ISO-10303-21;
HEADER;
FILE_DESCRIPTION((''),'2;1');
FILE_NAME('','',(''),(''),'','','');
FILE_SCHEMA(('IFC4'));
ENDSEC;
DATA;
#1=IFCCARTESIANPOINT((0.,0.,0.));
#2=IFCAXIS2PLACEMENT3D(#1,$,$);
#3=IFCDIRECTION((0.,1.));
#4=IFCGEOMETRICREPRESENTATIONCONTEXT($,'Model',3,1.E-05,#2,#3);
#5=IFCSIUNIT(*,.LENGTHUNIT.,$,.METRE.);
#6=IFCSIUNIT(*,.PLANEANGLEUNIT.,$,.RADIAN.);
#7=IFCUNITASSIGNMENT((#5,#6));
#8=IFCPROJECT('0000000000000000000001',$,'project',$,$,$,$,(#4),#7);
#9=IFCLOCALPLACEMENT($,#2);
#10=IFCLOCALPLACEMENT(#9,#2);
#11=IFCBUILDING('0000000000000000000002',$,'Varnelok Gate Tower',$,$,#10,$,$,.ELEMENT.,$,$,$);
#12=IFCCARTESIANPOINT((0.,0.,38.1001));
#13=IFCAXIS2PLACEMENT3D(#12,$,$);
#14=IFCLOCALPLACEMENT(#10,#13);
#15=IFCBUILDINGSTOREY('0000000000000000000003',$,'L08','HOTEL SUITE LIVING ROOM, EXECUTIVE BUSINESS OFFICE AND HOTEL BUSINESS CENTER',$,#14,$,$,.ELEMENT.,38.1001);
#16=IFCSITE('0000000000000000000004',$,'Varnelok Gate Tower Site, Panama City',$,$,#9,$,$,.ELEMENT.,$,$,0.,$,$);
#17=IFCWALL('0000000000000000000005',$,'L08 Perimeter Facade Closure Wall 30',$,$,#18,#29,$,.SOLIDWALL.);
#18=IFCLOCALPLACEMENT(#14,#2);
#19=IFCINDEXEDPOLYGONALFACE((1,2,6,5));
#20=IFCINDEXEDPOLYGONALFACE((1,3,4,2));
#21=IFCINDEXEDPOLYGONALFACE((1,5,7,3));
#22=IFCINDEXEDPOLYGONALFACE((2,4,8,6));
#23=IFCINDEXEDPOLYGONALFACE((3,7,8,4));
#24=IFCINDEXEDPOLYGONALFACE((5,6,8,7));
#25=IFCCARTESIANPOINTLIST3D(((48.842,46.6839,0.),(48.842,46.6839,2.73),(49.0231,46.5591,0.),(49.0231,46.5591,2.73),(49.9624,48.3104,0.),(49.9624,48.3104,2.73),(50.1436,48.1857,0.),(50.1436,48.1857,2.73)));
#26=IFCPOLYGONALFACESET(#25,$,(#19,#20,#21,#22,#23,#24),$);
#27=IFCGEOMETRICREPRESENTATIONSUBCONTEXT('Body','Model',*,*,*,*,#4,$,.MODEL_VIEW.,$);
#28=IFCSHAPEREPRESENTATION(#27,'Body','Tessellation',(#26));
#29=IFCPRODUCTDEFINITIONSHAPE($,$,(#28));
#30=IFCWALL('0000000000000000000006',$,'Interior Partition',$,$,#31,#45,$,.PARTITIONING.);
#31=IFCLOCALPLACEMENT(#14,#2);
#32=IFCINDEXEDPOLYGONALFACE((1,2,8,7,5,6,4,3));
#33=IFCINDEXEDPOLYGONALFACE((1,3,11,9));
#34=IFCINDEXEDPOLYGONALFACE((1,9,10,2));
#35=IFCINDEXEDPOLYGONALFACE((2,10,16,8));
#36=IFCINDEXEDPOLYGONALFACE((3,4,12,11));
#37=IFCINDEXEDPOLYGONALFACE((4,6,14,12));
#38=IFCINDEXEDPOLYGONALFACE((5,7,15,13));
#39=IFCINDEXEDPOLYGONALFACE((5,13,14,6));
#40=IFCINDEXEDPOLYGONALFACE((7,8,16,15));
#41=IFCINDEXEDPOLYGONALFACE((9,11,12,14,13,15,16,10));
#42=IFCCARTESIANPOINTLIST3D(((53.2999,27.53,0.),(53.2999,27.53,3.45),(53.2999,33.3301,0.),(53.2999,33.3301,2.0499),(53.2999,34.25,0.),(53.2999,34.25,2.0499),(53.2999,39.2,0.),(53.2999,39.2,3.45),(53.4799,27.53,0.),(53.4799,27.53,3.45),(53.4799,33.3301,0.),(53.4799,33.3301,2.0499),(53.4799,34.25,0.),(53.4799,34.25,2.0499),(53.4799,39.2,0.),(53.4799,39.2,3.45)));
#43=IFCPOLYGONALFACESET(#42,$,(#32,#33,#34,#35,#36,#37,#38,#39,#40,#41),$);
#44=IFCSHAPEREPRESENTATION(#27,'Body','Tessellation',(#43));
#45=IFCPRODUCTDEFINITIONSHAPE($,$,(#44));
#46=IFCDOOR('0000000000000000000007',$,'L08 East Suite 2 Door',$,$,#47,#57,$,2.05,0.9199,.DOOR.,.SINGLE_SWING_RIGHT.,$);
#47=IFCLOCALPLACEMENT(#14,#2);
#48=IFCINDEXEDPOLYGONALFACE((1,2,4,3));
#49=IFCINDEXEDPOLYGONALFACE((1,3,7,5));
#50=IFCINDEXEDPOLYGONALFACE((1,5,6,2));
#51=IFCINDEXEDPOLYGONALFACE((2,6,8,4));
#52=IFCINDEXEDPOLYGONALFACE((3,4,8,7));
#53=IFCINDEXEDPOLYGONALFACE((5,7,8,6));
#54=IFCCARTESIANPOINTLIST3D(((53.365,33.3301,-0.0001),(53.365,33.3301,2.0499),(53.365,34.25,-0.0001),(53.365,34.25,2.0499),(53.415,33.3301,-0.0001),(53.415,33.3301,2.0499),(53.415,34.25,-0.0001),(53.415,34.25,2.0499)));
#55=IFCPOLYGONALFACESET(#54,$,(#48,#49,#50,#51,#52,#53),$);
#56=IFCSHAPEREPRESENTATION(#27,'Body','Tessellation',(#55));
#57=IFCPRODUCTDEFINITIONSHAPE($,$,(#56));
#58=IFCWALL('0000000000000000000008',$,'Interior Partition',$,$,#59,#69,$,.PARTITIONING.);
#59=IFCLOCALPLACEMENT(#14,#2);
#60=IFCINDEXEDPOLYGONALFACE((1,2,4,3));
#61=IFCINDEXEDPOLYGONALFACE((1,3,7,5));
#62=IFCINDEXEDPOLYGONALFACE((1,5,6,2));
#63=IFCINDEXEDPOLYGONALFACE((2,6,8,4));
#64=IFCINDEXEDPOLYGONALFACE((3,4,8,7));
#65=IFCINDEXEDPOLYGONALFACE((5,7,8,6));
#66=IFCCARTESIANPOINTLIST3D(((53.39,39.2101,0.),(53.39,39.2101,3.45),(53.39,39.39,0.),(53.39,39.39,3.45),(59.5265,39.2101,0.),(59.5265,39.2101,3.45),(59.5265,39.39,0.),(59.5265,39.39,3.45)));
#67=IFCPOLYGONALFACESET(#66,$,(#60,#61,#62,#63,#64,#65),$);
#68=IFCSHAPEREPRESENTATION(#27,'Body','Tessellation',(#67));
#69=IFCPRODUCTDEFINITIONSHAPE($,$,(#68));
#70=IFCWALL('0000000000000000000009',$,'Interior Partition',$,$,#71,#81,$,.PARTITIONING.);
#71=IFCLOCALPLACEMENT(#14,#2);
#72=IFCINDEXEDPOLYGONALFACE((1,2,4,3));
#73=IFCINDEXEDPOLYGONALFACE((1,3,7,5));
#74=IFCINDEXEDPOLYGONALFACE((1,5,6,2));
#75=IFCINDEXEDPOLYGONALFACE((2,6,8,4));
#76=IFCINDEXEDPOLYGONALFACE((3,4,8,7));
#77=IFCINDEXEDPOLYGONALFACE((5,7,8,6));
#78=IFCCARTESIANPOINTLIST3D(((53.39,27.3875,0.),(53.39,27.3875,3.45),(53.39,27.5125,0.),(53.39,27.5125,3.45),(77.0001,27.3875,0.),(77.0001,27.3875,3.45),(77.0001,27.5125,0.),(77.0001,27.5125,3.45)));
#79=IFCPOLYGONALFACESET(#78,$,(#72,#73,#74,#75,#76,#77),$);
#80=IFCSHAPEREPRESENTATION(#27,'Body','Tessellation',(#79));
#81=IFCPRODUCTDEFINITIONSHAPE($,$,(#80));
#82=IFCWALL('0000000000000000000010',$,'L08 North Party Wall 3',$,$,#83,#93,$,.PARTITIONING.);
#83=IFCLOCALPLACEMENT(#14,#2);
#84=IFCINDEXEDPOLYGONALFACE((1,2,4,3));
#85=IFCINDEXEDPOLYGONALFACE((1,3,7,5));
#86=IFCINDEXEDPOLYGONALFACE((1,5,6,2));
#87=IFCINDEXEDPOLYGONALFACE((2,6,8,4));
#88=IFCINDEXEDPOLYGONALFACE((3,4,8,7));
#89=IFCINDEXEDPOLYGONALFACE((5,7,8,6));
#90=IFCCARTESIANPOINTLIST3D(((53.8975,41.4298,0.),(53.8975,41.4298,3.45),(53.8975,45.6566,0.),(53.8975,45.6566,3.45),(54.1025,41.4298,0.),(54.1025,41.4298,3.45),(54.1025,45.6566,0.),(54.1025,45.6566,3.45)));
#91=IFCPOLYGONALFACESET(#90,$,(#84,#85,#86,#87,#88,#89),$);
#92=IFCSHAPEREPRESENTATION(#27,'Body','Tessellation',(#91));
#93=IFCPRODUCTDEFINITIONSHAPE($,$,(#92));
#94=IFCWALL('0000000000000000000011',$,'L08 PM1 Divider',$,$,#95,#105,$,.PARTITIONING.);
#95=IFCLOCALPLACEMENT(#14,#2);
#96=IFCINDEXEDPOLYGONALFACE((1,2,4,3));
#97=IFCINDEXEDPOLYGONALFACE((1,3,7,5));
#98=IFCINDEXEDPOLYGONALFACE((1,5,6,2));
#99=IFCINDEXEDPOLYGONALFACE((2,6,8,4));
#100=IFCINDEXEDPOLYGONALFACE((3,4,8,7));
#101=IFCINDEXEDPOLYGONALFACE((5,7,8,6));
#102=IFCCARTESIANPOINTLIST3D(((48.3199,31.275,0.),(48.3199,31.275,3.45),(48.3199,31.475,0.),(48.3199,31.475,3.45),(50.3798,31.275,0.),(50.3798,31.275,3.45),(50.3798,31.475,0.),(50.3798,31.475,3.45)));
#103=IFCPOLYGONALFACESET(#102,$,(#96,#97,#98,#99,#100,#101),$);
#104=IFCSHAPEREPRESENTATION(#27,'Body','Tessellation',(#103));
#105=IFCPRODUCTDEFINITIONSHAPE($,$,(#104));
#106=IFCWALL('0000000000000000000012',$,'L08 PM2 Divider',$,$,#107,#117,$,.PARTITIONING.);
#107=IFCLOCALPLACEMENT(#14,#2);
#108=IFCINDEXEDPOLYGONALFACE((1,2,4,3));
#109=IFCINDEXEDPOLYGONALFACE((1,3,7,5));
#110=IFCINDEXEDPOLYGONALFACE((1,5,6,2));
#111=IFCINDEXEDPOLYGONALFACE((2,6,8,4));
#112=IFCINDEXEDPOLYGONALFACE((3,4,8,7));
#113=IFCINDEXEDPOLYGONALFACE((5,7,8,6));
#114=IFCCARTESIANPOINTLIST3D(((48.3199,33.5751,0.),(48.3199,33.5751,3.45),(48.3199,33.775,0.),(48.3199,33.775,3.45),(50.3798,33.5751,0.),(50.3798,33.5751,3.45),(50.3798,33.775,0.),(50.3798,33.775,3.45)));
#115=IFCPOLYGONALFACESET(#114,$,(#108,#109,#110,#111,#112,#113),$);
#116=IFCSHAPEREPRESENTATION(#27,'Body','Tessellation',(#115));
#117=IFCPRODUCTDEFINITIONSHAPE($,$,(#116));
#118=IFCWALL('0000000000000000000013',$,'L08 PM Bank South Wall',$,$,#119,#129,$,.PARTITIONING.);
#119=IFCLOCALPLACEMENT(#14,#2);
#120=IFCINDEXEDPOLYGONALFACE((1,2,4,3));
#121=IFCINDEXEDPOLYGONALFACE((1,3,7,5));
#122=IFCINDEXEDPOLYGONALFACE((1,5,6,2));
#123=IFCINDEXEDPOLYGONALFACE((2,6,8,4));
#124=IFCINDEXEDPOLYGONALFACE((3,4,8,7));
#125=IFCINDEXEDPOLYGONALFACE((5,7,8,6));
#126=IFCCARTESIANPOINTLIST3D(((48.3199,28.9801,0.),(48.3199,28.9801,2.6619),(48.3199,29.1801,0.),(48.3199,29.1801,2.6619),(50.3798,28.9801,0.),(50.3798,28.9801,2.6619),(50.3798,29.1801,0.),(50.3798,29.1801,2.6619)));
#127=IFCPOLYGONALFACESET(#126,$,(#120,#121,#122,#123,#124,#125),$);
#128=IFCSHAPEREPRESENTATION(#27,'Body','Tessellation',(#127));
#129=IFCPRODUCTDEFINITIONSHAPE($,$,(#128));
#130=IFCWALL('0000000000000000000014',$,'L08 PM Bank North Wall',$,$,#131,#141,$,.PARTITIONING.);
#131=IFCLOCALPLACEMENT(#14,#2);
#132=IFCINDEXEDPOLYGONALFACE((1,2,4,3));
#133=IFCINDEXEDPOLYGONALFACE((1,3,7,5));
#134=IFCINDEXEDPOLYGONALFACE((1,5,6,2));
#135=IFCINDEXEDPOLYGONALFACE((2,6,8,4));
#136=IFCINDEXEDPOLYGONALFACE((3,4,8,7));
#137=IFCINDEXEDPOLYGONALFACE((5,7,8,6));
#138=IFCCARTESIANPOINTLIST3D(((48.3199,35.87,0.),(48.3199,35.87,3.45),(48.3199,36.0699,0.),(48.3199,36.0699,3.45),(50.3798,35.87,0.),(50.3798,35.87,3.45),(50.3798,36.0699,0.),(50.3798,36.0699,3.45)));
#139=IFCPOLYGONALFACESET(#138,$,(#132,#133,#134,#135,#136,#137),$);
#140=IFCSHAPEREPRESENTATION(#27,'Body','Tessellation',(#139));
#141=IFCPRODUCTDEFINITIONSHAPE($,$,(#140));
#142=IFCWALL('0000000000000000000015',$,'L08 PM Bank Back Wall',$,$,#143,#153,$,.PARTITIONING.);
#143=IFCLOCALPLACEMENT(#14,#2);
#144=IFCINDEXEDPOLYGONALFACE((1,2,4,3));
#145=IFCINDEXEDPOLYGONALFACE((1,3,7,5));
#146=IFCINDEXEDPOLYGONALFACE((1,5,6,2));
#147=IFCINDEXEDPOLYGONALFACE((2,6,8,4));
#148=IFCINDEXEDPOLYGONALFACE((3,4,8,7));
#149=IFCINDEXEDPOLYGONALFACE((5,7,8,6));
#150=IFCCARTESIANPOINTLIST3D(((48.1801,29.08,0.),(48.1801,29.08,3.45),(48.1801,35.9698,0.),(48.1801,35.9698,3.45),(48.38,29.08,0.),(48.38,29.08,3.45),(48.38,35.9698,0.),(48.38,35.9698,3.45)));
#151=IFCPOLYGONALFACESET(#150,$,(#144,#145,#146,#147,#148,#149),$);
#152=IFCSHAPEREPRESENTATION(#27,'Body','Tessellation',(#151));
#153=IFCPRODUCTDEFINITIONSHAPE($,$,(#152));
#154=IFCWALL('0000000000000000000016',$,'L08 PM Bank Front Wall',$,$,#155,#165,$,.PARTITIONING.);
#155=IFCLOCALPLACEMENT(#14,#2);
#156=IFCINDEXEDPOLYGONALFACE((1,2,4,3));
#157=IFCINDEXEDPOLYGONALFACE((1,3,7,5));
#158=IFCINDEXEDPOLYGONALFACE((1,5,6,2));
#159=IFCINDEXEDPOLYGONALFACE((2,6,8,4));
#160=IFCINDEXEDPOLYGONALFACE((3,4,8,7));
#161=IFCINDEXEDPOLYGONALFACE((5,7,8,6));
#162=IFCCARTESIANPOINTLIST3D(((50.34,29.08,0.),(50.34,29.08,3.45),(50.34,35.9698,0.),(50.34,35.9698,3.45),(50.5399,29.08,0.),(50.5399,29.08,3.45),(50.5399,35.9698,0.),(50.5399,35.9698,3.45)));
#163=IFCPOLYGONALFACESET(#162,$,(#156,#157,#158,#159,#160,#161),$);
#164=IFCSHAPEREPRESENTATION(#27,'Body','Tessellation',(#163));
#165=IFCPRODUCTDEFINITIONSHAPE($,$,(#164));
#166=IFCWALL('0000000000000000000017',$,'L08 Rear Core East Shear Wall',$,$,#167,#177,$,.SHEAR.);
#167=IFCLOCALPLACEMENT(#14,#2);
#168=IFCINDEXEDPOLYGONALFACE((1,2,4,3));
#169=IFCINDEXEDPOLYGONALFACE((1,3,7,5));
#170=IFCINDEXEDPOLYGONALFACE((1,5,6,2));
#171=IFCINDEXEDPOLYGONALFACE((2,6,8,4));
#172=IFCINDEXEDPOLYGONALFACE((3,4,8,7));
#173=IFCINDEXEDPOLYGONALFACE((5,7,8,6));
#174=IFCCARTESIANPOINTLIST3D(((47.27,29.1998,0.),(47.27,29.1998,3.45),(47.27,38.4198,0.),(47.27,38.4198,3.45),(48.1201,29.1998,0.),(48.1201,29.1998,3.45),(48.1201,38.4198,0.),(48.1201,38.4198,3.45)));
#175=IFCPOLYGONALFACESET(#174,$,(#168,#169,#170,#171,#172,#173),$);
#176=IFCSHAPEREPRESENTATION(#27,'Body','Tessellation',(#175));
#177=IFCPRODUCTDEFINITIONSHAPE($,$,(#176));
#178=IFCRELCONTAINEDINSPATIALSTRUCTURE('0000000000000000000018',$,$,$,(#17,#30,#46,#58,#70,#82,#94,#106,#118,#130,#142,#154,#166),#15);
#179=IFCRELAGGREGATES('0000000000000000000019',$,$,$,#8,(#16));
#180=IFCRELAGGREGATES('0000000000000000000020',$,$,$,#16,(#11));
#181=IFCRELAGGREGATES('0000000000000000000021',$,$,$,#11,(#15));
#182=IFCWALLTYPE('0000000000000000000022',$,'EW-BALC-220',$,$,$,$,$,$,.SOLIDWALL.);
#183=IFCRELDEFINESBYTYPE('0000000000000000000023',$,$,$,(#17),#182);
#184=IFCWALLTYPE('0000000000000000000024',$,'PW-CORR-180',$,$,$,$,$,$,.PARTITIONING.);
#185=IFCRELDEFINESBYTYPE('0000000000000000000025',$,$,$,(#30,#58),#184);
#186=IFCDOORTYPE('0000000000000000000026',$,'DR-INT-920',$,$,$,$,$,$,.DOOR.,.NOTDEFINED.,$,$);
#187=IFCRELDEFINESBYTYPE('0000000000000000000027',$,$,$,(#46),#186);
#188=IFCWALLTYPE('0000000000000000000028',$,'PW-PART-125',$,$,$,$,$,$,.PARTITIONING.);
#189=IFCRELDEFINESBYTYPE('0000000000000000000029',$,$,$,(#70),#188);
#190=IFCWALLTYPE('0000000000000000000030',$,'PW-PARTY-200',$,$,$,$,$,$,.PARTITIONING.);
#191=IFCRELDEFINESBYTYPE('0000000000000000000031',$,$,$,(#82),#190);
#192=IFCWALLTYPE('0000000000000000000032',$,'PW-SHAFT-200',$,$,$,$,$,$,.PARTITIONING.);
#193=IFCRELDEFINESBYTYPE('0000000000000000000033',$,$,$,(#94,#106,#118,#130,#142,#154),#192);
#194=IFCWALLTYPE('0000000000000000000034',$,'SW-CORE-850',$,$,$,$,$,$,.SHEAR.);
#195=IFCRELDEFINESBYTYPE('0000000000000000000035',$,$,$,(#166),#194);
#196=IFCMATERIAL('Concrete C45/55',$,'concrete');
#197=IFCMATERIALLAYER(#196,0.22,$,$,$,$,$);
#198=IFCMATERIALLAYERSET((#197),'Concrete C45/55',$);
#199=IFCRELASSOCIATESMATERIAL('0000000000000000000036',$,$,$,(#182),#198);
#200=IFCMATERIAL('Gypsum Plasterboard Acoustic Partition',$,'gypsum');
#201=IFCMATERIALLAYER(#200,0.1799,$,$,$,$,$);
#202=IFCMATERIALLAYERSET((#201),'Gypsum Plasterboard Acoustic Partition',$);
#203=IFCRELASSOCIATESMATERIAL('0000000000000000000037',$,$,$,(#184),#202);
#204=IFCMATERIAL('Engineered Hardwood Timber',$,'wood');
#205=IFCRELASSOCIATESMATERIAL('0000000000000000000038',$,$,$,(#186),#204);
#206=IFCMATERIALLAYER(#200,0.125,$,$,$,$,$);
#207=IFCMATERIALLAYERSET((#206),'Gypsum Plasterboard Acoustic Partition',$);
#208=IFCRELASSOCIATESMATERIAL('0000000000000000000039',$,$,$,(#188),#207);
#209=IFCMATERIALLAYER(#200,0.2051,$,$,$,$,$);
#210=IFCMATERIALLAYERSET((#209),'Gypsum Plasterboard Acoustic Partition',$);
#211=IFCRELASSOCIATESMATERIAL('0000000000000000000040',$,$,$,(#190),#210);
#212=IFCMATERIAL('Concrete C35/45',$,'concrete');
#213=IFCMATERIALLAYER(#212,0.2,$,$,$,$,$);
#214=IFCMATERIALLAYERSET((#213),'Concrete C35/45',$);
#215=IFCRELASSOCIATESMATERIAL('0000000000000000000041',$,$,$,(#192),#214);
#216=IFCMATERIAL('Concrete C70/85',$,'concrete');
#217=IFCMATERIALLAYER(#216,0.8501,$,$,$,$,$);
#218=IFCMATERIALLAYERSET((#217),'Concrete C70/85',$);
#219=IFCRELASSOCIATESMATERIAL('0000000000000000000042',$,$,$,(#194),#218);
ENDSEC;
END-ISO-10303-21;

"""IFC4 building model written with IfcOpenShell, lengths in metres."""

from ifc_helpers import new_model, si_unit, direction, frame, frame_2d, origin, place, context, subcontext, project, spatial, rectangle, extrude, material, layer, layer_set, type_object, element, fill, save


model = new_model("IFC4")

# Units and contexts
model_context = context("Model", 3, precision=1e-05, world=origin(), true_north=direction((0.0, 1.0)))
body_context = subcontext(model_context, "Body", "Model", "MODEL_VIEW")
ifc_project = project(units=[si_unit("LENGTHUNIT", "METRE"), si_unit("PLANEANGLEUNIT", "RADIAN")], contexts=[model_context])

# Site, building, storey
site_placement = place(None, origin())
site = spatial("IfcSite", under=ifc_project, at=site_placement, Name="Varnelok Gate Tower Site, Panama City", CompositionType="ELEMENT", RefElevation=0.0)
building_placement = place(site_placement, origin())
building = spatial("IfcBuilding", under=site, at=building_placement, Name="Varnelok Gate Tower", CompositionType="ELEMENT")
storey_placement = place(building_placement, frame((0.0, 0.0, 38.1001)))
storey = spatial("IfcBuildingStorey", under=building, at=storey_placement, Name="L08", Description="HOTEL SUITE LIVING ROOM, EXECUTIVE BUSINESS OFFICE AND HOTEL BUSINESS CENTER", CompositionType="ELEMENT", Elevation=38.1001)

# Shared definitions
ifc_material_1 = material(Name="Concrete C70/85", Category="concrete")

# Wall
ifc_material_2 = material(Name="Concrete C45/55", Category="concrete")
ifc_layer_1 = layer(ifc_material_2, 0.22)
ifc_layer_set_1 = layer_set([ifc_layer_1], Name="Concrete C45/55")
wall_type_1 = type_object("IfcWallType", Name="EW-BALC-220", PredefinedType="SOLIDWALL", material=ifc_layer_set_1)
wall_1_placement = place(storey_placement, frame((50.053, 48.248, 0.0), z_axis=(0.0, 0.0, 1.0), x_axis=(-0.567274, -0.823529, 0.0)))
element("IfcWall", 1, at=wall_1_placement, inside=storey, type_object=wall_type_1, Name="L08 Perimeter Facade Closure Wall 30", PredefinedType="SOLIDWALL", context=body_context, shape_type="SweptSolid", body=[
    extrude(rectangle(XDim=1.9751, YDim=0.22, at=frame_2d((0.9875, 0.0))), origin(), (0.0, 0.0, 1.0), 2.73),
])

# Wall, opening, door
ifc_material_3 = material(Name="Gypsum Plasterboard Acoustic Partition", Category="gypsum")
ifc_layer_2 = layer(ifc_material_3, 0.1799)
ifc_layer_set_2 = layer_set([ifc_layer_2], Name="Gypsum Plasterboard Acoustic Partition")
wall_type_2 = type_object("IfcWallType", Name="PW-CORR-180", PredefinedType="PARTITIONING", material=ifc_layer_set_2)
wall_2_placement = place(storey_placement, frame((53.3899, 27.53, 0.0), z_axis=(0.0, 0.0, 1.0), x_axis=(0.0, 1.0, 0.0)))
wall_2 = element("IfcWall", 2, at=wall_2_placement, inside=storey, type_object=wall_type_2, Name="Interior Partition", PredefinedType="PARTITIONING", context=body_context, shape_type="SweptSolid", body=[
    extrude(rectangle(XDim=11.6699, YDim=0.1799, at=frame_2d((5.835, 0.0))), origin(), (0.0, 0.0, 1.0), 3.45),
])
opening_placement = place(wall_2_placement, frame((5.8, 0.0, 0.0)))
opening = element("IfcOpeningElement", 3, at=opening_placement, cuts=wall_2, PredefinedType="OPENING", context=body_context, shape_type="SweptSolid", body=[
    extrude(rectangle(XDim=0.9199, YDim=2.05, at=frame_2d((0.46, 1.0249))), frame((0.0, 0.0999, 0.0), z_axis=(0.0, -1.0, 0.0), x_axis=(1.0, 0.0, 0.0)), (0.0, 0.0, 1.0), 0.2),
])
ifc_material_4 = material(Name="Engineered Hardwood Timber", Category="wood")
door_type = type_object("IfcDoorType", Name="DR-INT-920", OperationType="NOTDEFINED", PredefinedType="DOOR", material=ifc_material_4)
door_placement = place(opening_placement, origin())
door = element("IfcDoor", 4, at=door_placement, inside=storey, type_object=door_type, Name="L08 East Suite 2 Door", OperationType="SINGLE_SWING_RIGHT", OverallHeight=2.05, OverallWidth=0.9199, PredefinedType="DOOR", context=body_context, shape_type="SweptSolid", body=[
    extrude(rectangle(XDim=0.9199, YDim=2.05, at=frame_2d((0.46, 1.0249))), frame((0.0, 0.0249, 0.0), z_axis=(0.0, -1.0, 0.0), x_axis=(1.0, 0.0, 0.0)), (0.0, 0.0, 1.0), 0.05),
])
fill(opening, door)

# Walls
wall_3_placement = place(storey_placement, frame((53.3899, 39.3, 0.0), z_axis=(0.0, 0.0, 1.0), x_axis=(1.0, 0.0, 0.0)))
element("IfcWall", 5, at=wall_3_placement, inside=storey, type_object=wall_type_2, Name="Interior Partition", PredefinedType="PARTITIONING", context=body_context, shape_type="SweptSolid", body=[
    extrude(rectangle(XDim=6.1365, YDim=0.1799, at=frame_2d((3.0684, 0.0))), origin(), (0.0, 0.0, 1.0), 3.45),
])
ifc_layer_3 = layer(ifc_material_3, 0.125)
ifc_layer_set_3 = layer_set([ifc_layer_3], Name="Gypsum Plasterboard Acoustic Partition")
wall_type_3 = type_object("IfcWallType", Name="PW-PART-125", PredefinedType="PARTITIONING", material=ifc_layer_set_3)
wall_4_placement = place(storey_placement, frame((53.3899, 27.45, 0.0), z_axis=(0.0, 0.0, 1.0), x_axis=(1.0, 0.0, 0.0)))
element("IfcWall", 6, at=wall_4_placement, inside=storey, type_object=wall_type_3, Name="Interior Partition", PredefinedType="PARTITIONING", context=body_context, shape_type="SweptSolid", body=[
    extrude(rectangle(XDim=23.6101, YDim=0.125, at=frame_2d((11.8052, 0.0))), origin(), (0.0, 0.0, 1.0), 3.45),
])
ifc_layer_4 = layer(ifc_material_3, 0.2051)
ifc_layer_set_4 = layer_set([ifc_layer_4], Name="Gypsum Plasterboard Acoustic Partition")
wall_type_4 = type_object("IfcWallType", Name="PW-PARTY-200", PredefinedType="PARTITIONING", material=ifc_layer_set_4)
wall_5_placement = place(storey_placement, frame((54.0, 41.4299, 0.0), z_axis=(0.0, 0.0, 1.0), x_axis=(0.0, 1.0, 0.0)))
element("IfcWall", 7, at=wall_5_placement, inside=storey, type_object=wall_type_4, Name="L08 North Party Wall 3", PredefinedType="PARTITIONING", context=body_context, shape_type="SweptSolid", body=[
    extrude(rectangle(XDim=4.2268, YDim=0.2051, at=frame_2d((2.1133, 0.0))), origin(), (0.0, 0.0, 1.0), 3.45),
])
ifc_material_5 = material(Name="Concrete C35/45", Category="concrete")
ifc_layer_5 = layer(ifc_material_5, 0.2)
ifc_layer_set_5 = layer_set([ifc_layer_5], Name="Concrete C35/45")
wall_type_5 = type_object("IfcWallType", Name="PW-SHAFT-200", PredefinedType="PARTITIONING", material=ifc_layer_set_5)
for number, where, z_axis, x_axis, name in (
    (8, (48.3201, 31.375, 0.0), (0.0, 0.0, 1.0), (1.0, 0.0, 0.0), "L08 PM1 Divider"),
    (9, (48.3201, 33.675, 0.0), (0.0, 0.0, 1.0), (1.0, 0.0, 0.0), "L08 PM2 Divider"),
):
    element("IfcWall", number, at=place(storey_placement, frame(where, z_axis=z_axis, x_axis=x_axis)), inside=storey, type_object=wall_type_5, Name=name, PredefinedType="PARTITIONING", context=body_context, shape_type="SweptSolid", body=[
        extrude(rectangle(XDim=2.0598, YDim=0.2, at=frame_2d((1.0298, 0.0))), origin(), (0.0, 0.0, 1.0), 3.45),
    ])
wall_6_placement = place(storey_placement, frame((48.3201, 29.0801, 0.0), z_axis=(0.0, 0.0, 1.0), x_axis=(1.0, 0.0, 0.0)))
element("IfcWall", 10, at=wall_6_placement, inside=storey, type_object=wall_type_5, Name="L08 PM Bank South Wall", PredefinedType="PARTITIONING", context=body_context, shape_type="SweptSolid", body=[
    extrude(rectangle(XDim=2.0598, YDim=0.2, at=frame_2d((1.0298, 0.0))), origin(), (0.0, 0.0, 1.0), 2.6619),
])
wall_7_placement = place(storey_placement, frame((48.3201, 35.97, 0.0), z_axis=(0.0, 0.0, 1.0), x_axis=(1.0, 0.0, 0.0)))
element("IfcWall", 11, at=wall_7_placement, inside=storey, type_object=wall_type_5, Name="L08 PM Bank North Wall", PredefinedType="PARTITIONING", context=body_context, shape_type="SweptSolid", body=[
    extrude(rectangle(XDim=2.0598, YDim=0.2, at=frame_2d((1.0298, 0.0))), origin(), (0.0, 0.0, 1.0), 3.45),
])
for number, where, z_axis, x_axis, name in (
    (12, (48.28, 29.0801, 0.0), (0.0, 0.0, 1.0), (0.0, 1.0, 0.0), "L08 PM Bank Back Wall"),
    (13, (50.4399, 29.0801, 0.0), (0.0, 0.0, 1.0), (0.0, 1.0, 0.0), "L08 PM Bank Front Wall"),
):
    element("IfcWall", number, at=place(storey_placement, frame(where, z_axis=z_axis, x_axis=x_axis)), inside=storey, type_object=wall_type_5, Name=name, PredefinedType="PARTITIONING", context=body_context, shape_type="SweptSolid", body=[
        extrude(rectangle(XDim=6.8899, YDim=0.2, at=frame_2d((3.4448, 0.0))), origin(), (0.0, 0.0, 1.0), 3.45),
    ])
ifc_layer_6 = layer(ifc_material_1, 0.8501)
ifc_layer_set_6 = layer_set([ifc_layer_6], Name="Concrete C70/85")
wall_type_6 = type_object("IfcWallType", Name="SW-CORE-850", PredefinedType="SHEAR", material=ifc_layer_set_6)
wall_8_placement = place(storey_placement, frame((47.6951, 29.2, 0.0), z_axis=(0.0, 0.0, 1.0), x_axis=(0.0, 1.0, 0.0)))
element("IfcWall", 14, at=wall_8_placement, inside=storey, type_object=wall_type_6, Name="L08 Rear Core East Shear Wall", PredefinedType="SHEAR", context=body_context, shape_type="SweptSolid", body=[
    extrude(rectangle(XDim=9.22, YDim=0.8501, at=frame_2d((4.6099, 0.0))), origin(), (0.0, 0.0, 1.0), 3.45),
])

save(model, "model.ifc")
